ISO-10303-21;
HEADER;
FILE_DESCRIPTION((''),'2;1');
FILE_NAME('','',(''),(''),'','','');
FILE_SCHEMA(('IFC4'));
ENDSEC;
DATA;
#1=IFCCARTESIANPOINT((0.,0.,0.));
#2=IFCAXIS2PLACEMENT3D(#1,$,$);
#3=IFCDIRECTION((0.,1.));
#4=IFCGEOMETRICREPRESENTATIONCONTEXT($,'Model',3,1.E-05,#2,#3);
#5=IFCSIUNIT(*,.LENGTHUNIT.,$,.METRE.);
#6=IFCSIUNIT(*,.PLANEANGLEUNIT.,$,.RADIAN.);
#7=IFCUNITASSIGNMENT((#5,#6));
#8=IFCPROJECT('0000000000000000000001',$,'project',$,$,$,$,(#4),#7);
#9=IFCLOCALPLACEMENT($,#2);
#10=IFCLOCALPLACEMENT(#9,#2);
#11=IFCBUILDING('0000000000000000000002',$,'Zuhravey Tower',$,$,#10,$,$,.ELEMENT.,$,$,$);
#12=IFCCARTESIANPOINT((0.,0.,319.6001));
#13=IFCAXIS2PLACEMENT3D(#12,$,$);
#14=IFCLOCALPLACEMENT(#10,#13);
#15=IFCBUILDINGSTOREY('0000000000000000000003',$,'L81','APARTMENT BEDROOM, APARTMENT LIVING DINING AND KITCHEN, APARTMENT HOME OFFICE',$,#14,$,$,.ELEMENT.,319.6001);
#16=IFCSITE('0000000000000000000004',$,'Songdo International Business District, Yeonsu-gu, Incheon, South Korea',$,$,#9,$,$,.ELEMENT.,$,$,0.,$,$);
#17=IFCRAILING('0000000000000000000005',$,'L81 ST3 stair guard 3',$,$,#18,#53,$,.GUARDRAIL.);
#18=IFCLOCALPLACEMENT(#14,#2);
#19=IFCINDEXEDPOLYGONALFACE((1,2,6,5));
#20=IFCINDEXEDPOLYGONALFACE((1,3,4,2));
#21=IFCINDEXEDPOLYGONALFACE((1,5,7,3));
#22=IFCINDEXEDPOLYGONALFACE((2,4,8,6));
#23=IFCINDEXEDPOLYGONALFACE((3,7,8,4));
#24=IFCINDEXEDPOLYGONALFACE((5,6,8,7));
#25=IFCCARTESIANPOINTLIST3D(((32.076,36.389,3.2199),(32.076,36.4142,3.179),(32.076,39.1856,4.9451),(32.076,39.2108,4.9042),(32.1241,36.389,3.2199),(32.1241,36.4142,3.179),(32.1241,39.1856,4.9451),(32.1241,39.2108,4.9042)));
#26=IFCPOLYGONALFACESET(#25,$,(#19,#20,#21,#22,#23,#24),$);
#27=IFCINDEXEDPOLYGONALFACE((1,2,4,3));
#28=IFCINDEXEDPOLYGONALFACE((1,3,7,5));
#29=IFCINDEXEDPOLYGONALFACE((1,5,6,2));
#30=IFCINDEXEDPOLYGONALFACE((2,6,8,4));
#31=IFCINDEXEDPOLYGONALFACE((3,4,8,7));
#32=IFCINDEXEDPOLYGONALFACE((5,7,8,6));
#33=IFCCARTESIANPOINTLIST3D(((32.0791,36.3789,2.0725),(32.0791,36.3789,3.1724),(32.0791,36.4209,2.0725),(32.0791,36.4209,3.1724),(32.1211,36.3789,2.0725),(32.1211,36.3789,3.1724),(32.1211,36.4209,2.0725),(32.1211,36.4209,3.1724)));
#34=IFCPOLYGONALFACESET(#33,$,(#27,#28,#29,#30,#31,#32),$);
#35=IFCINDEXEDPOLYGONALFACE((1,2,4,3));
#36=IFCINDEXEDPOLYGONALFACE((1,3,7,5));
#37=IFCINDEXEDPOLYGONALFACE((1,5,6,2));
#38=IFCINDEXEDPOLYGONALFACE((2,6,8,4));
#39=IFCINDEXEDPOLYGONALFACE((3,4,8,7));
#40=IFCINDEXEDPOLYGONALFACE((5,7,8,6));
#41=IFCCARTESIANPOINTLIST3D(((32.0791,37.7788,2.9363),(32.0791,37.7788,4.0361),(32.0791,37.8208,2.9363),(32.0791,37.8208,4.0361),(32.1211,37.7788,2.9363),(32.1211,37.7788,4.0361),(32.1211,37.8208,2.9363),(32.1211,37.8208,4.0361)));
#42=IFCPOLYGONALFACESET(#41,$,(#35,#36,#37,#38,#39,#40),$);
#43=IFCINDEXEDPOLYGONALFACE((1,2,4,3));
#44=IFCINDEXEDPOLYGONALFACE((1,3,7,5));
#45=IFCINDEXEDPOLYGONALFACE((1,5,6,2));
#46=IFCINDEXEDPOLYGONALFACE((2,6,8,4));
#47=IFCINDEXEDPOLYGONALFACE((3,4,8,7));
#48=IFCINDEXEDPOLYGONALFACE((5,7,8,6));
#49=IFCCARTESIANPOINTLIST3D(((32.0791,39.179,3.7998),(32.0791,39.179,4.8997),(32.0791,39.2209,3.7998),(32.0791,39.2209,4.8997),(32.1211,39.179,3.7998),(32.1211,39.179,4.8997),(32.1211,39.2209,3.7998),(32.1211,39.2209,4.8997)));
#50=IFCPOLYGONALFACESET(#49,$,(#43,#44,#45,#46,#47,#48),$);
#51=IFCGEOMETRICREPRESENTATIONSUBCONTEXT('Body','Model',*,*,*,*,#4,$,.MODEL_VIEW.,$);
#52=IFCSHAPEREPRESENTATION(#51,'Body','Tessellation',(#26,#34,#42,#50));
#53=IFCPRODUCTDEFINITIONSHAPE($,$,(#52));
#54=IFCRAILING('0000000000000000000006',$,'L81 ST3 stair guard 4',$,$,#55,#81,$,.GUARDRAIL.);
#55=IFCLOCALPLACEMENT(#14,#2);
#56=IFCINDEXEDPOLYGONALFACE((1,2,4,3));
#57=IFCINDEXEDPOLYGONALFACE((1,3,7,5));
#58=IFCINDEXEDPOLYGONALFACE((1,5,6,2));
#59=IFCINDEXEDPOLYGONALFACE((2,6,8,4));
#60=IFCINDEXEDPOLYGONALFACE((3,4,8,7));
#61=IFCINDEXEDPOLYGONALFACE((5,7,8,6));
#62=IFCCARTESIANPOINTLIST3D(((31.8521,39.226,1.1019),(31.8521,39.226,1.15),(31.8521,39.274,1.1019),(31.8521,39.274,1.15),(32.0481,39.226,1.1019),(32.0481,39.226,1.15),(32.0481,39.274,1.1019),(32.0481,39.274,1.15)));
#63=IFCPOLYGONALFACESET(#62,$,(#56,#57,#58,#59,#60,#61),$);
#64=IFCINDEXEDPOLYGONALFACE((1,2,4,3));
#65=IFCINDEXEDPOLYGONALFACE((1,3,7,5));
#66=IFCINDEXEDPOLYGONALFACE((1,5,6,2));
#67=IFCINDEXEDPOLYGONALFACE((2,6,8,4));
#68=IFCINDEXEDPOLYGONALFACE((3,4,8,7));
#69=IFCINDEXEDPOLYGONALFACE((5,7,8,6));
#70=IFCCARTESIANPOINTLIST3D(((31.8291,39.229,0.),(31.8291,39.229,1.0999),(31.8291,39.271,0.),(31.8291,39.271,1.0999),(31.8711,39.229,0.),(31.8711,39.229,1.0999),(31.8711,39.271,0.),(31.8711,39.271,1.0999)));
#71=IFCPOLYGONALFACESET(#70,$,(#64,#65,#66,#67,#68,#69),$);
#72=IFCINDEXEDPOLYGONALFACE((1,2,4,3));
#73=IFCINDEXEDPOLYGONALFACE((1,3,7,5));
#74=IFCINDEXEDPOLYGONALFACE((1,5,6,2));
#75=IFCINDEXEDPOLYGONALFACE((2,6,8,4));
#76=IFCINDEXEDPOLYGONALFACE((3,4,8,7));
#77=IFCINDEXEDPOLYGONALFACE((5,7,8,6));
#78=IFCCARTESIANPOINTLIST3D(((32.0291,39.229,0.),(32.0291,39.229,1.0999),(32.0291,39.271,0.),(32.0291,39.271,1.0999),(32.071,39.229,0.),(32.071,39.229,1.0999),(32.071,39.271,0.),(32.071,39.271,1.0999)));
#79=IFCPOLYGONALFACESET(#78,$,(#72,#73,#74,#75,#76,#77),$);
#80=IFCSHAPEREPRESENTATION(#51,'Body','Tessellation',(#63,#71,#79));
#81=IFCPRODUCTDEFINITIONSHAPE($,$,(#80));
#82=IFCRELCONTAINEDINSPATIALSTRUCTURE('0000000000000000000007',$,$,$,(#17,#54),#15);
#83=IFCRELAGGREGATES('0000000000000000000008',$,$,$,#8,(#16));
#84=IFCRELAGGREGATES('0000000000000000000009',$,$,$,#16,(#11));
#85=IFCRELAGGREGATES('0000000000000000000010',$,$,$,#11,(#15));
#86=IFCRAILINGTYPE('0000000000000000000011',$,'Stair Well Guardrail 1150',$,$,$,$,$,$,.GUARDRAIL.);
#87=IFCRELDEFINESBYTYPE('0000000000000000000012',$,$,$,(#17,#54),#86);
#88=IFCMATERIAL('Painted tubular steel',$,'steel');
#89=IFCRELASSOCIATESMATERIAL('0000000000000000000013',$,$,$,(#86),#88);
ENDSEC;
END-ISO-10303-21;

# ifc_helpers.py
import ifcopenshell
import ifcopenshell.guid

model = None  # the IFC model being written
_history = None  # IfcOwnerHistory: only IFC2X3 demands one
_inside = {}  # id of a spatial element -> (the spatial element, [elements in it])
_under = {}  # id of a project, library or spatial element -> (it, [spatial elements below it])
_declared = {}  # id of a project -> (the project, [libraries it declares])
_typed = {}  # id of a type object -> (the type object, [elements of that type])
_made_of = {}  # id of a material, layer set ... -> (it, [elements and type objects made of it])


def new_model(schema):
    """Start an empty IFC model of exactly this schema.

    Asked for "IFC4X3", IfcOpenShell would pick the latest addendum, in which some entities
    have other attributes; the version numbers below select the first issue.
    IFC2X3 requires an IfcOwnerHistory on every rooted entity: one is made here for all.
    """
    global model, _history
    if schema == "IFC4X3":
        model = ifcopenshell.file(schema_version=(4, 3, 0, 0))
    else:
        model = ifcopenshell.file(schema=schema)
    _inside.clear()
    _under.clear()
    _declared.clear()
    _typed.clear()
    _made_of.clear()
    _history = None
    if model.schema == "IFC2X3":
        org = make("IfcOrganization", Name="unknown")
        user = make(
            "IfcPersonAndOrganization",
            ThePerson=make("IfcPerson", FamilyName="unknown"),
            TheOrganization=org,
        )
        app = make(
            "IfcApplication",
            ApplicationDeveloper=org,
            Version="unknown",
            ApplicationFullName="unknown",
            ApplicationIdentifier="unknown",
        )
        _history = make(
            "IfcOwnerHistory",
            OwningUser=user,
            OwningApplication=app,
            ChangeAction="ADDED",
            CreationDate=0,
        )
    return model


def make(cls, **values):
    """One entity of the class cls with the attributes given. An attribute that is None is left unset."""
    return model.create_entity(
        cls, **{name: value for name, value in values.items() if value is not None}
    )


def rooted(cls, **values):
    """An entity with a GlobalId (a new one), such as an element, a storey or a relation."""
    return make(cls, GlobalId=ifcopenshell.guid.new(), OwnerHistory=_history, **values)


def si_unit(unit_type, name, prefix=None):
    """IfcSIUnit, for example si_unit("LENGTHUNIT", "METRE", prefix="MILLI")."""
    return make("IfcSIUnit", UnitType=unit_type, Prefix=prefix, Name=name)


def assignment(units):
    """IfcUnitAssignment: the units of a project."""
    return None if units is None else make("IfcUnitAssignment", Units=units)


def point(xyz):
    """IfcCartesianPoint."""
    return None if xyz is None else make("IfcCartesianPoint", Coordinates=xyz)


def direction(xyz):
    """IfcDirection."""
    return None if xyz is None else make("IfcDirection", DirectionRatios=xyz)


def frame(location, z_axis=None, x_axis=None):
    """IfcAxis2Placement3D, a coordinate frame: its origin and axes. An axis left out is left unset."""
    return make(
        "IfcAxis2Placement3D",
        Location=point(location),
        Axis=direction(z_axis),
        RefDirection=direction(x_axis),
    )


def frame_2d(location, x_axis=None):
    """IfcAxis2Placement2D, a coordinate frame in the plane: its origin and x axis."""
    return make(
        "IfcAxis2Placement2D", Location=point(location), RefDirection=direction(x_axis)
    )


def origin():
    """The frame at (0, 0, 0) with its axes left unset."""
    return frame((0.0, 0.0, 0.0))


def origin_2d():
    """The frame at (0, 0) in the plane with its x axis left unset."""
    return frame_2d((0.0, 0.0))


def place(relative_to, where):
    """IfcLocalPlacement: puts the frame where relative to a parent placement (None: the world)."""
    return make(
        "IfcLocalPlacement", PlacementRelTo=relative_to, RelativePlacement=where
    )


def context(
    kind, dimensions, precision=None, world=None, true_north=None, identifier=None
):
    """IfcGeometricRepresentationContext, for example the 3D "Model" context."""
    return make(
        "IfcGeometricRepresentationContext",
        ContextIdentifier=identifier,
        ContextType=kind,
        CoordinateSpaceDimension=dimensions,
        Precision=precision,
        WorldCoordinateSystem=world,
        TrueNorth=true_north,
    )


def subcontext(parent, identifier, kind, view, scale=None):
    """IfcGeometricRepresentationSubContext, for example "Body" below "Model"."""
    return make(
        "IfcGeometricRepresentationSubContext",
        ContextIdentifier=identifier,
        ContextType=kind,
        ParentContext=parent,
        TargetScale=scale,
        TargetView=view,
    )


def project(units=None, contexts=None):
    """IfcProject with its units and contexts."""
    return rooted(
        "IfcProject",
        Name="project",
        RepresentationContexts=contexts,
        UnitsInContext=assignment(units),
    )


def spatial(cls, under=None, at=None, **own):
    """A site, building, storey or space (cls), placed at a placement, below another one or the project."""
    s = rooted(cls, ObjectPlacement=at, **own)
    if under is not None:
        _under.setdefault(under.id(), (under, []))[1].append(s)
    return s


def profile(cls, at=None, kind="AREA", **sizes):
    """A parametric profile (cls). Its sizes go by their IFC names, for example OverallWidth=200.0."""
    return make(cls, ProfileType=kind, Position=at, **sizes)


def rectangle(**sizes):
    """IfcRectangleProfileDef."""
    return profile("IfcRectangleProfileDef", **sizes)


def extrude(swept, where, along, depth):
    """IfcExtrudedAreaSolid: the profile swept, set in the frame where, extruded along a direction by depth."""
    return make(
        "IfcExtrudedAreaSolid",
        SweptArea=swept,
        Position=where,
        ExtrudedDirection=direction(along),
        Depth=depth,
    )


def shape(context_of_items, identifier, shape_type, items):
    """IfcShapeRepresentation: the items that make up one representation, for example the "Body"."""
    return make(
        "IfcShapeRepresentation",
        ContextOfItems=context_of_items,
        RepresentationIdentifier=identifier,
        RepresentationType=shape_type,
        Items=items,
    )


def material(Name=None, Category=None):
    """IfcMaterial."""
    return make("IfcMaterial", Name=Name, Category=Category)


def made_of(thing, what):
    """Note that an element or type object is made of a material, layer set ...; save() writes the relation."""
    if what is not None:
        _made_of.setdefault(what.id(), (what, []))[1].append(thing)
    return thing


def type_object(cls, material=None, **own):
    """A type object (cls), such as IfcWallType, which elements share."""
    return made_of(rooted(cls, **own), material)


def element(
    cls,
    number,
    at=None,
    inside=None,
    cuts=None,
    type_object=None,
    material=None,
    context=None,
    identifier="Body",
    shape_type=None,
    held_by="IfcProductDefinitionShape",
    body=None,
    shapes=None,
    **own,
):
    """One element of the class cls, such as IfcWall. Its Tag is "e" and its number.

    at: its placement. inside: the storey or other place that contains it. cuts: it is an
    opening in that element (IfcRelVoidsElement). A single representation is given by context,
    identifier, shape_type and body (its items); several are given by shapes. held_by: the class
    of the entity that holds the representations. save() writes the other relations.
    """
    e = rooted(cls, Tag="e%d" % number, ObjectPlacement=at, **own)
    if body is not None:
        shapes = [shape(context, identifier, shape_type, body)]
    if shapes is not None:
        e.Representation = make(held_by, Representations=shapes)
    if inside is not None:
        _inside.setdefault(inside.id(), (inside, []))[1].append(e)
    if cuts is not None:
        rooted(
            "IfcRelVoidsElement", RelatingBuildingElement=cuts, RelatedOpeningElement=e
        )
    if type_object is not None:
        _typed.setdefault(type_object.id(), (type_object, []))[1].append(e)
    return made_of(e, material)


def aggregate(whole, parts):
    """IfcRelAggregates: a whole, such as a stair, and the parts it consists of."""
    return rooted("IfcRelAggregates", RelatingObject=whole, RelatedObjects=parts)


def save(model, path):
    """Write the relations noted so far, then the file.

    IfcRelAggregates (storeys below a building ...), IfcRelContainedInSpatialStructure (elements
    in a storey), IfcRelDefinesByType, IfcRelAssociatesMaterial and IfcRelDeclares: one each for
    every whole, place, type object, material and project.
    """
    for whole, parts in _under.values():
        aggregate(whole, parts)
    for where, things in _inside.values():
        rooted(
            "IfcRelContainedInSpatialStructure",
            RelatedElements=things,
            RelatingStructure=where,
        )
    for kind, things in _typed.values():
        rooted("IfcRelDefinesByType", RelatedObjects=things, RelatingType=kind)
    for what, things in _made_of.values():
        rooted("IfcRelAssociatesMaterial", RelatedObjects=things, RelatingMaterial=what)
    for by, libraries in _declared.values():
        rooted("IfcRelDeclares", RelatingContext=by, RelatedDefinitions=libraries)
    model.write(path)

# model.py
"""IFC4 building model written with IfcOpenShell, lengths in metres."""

from ifc_helpers import new_model, si_unit, direction, frame, origin, origin_2d, place, context, subcontext, project, spatial, rectangle, extrude, material, type_object, element, save


model = new_model("IFC4")

# Units and contexts
model_context = context("Model", 3, precision=1e-05, world=origin(), true_north=direction((0.0, 1.0)))
body_context = subcontext(model_context, "Body", "Model", "MODEL_VIEW")
ifc_project = project(units=[si_unit("LENGTHUNIT", "METRE"), si_unit("PLANEANGLEUNIT", "RADIAN")], contexts=[model_context])

# Site, building, storey
site_placement = place(None, origin())
site = spatial("IfcSite", under=ifc_project, at=site_placement, Name="Songdo International Business District, Yeonsu-gu, Incheon, South Korea", CompositionType="ELEMENT", RefElevation=0.0)
building_placement = place(site_placement, origin())
building = spatial("IfcBuilding", under=site, at=building_placement, Name="Zuhravey Tower", CompositionType="ELEMENT")
storey_placement = place(building_placement, frame((0.0, 0.0, 319.6001)))
storey = spatial("IfcBuildingStorey", under=building, at=storey_placement, Name="L81", Description="APARTMENT BEDROOM, APARTMENT LIVING DINING AND KITCHEN, APARTMENT HOME OFFICE", CompositionType="ELEMENT", Elevation=319.6001)

# Railings
ifc_material_1 = material(Name="Painted tubular steel", Category="steel")
railing_type_1 = type_object("IfcRailingType", Name="Stair Well Guardrail 1150", PredefinedType="GUARDRAIL", material=ifc_material_1)
railing_1_placement = place(storey_placement, frame((32.1001, 36.3999, 2.0725)))
element("IfcRailing", 1, at=railing_1_placement, inside=storey, type_object=railing_type_1, Name="L81 ST3 stair guard 3", PredefinedType="GUARDRAIL", context=body_context, shape_type="SweptSolid", body=[
    extrude(rectangle(XDim=0.0481, YDim=0.0481, at=origin_2d()), frame((0.0, 0.0017, 1.127), z_axis=(0.0, 0.85109, 0.52502), x_axis=(-1.0, 0.0, 0.0)), (0.0, 0.0, 1.0), 3.2859),
    extrude(rectangle(XDim=0.042, YDim=0.042, at=origin_2d()), origin(), (0.0, 0.0, 1.0), 1.0999),
    extrude(rectangle(XDim=0.042, YDim=0.042, at=origin_2d()), frame((0.0, 1.3999, 0.8638)), (0.0, 0.0, 1.0), 1.0999),
    extrude(rectangle(XDim=0.042, YDim=0.042, at=origin_2d()), frame((0.0, 2.8, 1.7273)), (0.0, 0.0, 1.0), 1.0999),
])
railing_2_placement = place(storey_placement, frame((31.8501, 39.25, 0.0)))
element("IfcRailing", 2, at=railing_2_placement, inside=storey, type_object=railing_type_1, Name="L81 ST3 stair guard 4", PredefinedType="GUARDRAIL", context=body_context, shape_type="SweptSolid", body=[
    extrude(rectangle(XDim=0.0481, YDim=0.0481, at=origin_2d()), frame((0.002, 0.0, 1.126), z_axis=(1.0, 0.0, 0.0), x_axis=(0.0, 1.0, 0.0)), (0.0, 0.0, 1.0), 0.196),
    extrude(rectangle(XDim=0.042, YDim=0.042, at=origin_2d()), origin(), (0.0, 0.0, 1.0), 1.0999),
    extrude(rectangle(XDim=0.042, YDim=0.042, at=origin_2d()), frame((0.2, 0.0, 0.0)), (0.0, 0.0, 1.0), 1.0999),
])

save(model, "model.ifc")
